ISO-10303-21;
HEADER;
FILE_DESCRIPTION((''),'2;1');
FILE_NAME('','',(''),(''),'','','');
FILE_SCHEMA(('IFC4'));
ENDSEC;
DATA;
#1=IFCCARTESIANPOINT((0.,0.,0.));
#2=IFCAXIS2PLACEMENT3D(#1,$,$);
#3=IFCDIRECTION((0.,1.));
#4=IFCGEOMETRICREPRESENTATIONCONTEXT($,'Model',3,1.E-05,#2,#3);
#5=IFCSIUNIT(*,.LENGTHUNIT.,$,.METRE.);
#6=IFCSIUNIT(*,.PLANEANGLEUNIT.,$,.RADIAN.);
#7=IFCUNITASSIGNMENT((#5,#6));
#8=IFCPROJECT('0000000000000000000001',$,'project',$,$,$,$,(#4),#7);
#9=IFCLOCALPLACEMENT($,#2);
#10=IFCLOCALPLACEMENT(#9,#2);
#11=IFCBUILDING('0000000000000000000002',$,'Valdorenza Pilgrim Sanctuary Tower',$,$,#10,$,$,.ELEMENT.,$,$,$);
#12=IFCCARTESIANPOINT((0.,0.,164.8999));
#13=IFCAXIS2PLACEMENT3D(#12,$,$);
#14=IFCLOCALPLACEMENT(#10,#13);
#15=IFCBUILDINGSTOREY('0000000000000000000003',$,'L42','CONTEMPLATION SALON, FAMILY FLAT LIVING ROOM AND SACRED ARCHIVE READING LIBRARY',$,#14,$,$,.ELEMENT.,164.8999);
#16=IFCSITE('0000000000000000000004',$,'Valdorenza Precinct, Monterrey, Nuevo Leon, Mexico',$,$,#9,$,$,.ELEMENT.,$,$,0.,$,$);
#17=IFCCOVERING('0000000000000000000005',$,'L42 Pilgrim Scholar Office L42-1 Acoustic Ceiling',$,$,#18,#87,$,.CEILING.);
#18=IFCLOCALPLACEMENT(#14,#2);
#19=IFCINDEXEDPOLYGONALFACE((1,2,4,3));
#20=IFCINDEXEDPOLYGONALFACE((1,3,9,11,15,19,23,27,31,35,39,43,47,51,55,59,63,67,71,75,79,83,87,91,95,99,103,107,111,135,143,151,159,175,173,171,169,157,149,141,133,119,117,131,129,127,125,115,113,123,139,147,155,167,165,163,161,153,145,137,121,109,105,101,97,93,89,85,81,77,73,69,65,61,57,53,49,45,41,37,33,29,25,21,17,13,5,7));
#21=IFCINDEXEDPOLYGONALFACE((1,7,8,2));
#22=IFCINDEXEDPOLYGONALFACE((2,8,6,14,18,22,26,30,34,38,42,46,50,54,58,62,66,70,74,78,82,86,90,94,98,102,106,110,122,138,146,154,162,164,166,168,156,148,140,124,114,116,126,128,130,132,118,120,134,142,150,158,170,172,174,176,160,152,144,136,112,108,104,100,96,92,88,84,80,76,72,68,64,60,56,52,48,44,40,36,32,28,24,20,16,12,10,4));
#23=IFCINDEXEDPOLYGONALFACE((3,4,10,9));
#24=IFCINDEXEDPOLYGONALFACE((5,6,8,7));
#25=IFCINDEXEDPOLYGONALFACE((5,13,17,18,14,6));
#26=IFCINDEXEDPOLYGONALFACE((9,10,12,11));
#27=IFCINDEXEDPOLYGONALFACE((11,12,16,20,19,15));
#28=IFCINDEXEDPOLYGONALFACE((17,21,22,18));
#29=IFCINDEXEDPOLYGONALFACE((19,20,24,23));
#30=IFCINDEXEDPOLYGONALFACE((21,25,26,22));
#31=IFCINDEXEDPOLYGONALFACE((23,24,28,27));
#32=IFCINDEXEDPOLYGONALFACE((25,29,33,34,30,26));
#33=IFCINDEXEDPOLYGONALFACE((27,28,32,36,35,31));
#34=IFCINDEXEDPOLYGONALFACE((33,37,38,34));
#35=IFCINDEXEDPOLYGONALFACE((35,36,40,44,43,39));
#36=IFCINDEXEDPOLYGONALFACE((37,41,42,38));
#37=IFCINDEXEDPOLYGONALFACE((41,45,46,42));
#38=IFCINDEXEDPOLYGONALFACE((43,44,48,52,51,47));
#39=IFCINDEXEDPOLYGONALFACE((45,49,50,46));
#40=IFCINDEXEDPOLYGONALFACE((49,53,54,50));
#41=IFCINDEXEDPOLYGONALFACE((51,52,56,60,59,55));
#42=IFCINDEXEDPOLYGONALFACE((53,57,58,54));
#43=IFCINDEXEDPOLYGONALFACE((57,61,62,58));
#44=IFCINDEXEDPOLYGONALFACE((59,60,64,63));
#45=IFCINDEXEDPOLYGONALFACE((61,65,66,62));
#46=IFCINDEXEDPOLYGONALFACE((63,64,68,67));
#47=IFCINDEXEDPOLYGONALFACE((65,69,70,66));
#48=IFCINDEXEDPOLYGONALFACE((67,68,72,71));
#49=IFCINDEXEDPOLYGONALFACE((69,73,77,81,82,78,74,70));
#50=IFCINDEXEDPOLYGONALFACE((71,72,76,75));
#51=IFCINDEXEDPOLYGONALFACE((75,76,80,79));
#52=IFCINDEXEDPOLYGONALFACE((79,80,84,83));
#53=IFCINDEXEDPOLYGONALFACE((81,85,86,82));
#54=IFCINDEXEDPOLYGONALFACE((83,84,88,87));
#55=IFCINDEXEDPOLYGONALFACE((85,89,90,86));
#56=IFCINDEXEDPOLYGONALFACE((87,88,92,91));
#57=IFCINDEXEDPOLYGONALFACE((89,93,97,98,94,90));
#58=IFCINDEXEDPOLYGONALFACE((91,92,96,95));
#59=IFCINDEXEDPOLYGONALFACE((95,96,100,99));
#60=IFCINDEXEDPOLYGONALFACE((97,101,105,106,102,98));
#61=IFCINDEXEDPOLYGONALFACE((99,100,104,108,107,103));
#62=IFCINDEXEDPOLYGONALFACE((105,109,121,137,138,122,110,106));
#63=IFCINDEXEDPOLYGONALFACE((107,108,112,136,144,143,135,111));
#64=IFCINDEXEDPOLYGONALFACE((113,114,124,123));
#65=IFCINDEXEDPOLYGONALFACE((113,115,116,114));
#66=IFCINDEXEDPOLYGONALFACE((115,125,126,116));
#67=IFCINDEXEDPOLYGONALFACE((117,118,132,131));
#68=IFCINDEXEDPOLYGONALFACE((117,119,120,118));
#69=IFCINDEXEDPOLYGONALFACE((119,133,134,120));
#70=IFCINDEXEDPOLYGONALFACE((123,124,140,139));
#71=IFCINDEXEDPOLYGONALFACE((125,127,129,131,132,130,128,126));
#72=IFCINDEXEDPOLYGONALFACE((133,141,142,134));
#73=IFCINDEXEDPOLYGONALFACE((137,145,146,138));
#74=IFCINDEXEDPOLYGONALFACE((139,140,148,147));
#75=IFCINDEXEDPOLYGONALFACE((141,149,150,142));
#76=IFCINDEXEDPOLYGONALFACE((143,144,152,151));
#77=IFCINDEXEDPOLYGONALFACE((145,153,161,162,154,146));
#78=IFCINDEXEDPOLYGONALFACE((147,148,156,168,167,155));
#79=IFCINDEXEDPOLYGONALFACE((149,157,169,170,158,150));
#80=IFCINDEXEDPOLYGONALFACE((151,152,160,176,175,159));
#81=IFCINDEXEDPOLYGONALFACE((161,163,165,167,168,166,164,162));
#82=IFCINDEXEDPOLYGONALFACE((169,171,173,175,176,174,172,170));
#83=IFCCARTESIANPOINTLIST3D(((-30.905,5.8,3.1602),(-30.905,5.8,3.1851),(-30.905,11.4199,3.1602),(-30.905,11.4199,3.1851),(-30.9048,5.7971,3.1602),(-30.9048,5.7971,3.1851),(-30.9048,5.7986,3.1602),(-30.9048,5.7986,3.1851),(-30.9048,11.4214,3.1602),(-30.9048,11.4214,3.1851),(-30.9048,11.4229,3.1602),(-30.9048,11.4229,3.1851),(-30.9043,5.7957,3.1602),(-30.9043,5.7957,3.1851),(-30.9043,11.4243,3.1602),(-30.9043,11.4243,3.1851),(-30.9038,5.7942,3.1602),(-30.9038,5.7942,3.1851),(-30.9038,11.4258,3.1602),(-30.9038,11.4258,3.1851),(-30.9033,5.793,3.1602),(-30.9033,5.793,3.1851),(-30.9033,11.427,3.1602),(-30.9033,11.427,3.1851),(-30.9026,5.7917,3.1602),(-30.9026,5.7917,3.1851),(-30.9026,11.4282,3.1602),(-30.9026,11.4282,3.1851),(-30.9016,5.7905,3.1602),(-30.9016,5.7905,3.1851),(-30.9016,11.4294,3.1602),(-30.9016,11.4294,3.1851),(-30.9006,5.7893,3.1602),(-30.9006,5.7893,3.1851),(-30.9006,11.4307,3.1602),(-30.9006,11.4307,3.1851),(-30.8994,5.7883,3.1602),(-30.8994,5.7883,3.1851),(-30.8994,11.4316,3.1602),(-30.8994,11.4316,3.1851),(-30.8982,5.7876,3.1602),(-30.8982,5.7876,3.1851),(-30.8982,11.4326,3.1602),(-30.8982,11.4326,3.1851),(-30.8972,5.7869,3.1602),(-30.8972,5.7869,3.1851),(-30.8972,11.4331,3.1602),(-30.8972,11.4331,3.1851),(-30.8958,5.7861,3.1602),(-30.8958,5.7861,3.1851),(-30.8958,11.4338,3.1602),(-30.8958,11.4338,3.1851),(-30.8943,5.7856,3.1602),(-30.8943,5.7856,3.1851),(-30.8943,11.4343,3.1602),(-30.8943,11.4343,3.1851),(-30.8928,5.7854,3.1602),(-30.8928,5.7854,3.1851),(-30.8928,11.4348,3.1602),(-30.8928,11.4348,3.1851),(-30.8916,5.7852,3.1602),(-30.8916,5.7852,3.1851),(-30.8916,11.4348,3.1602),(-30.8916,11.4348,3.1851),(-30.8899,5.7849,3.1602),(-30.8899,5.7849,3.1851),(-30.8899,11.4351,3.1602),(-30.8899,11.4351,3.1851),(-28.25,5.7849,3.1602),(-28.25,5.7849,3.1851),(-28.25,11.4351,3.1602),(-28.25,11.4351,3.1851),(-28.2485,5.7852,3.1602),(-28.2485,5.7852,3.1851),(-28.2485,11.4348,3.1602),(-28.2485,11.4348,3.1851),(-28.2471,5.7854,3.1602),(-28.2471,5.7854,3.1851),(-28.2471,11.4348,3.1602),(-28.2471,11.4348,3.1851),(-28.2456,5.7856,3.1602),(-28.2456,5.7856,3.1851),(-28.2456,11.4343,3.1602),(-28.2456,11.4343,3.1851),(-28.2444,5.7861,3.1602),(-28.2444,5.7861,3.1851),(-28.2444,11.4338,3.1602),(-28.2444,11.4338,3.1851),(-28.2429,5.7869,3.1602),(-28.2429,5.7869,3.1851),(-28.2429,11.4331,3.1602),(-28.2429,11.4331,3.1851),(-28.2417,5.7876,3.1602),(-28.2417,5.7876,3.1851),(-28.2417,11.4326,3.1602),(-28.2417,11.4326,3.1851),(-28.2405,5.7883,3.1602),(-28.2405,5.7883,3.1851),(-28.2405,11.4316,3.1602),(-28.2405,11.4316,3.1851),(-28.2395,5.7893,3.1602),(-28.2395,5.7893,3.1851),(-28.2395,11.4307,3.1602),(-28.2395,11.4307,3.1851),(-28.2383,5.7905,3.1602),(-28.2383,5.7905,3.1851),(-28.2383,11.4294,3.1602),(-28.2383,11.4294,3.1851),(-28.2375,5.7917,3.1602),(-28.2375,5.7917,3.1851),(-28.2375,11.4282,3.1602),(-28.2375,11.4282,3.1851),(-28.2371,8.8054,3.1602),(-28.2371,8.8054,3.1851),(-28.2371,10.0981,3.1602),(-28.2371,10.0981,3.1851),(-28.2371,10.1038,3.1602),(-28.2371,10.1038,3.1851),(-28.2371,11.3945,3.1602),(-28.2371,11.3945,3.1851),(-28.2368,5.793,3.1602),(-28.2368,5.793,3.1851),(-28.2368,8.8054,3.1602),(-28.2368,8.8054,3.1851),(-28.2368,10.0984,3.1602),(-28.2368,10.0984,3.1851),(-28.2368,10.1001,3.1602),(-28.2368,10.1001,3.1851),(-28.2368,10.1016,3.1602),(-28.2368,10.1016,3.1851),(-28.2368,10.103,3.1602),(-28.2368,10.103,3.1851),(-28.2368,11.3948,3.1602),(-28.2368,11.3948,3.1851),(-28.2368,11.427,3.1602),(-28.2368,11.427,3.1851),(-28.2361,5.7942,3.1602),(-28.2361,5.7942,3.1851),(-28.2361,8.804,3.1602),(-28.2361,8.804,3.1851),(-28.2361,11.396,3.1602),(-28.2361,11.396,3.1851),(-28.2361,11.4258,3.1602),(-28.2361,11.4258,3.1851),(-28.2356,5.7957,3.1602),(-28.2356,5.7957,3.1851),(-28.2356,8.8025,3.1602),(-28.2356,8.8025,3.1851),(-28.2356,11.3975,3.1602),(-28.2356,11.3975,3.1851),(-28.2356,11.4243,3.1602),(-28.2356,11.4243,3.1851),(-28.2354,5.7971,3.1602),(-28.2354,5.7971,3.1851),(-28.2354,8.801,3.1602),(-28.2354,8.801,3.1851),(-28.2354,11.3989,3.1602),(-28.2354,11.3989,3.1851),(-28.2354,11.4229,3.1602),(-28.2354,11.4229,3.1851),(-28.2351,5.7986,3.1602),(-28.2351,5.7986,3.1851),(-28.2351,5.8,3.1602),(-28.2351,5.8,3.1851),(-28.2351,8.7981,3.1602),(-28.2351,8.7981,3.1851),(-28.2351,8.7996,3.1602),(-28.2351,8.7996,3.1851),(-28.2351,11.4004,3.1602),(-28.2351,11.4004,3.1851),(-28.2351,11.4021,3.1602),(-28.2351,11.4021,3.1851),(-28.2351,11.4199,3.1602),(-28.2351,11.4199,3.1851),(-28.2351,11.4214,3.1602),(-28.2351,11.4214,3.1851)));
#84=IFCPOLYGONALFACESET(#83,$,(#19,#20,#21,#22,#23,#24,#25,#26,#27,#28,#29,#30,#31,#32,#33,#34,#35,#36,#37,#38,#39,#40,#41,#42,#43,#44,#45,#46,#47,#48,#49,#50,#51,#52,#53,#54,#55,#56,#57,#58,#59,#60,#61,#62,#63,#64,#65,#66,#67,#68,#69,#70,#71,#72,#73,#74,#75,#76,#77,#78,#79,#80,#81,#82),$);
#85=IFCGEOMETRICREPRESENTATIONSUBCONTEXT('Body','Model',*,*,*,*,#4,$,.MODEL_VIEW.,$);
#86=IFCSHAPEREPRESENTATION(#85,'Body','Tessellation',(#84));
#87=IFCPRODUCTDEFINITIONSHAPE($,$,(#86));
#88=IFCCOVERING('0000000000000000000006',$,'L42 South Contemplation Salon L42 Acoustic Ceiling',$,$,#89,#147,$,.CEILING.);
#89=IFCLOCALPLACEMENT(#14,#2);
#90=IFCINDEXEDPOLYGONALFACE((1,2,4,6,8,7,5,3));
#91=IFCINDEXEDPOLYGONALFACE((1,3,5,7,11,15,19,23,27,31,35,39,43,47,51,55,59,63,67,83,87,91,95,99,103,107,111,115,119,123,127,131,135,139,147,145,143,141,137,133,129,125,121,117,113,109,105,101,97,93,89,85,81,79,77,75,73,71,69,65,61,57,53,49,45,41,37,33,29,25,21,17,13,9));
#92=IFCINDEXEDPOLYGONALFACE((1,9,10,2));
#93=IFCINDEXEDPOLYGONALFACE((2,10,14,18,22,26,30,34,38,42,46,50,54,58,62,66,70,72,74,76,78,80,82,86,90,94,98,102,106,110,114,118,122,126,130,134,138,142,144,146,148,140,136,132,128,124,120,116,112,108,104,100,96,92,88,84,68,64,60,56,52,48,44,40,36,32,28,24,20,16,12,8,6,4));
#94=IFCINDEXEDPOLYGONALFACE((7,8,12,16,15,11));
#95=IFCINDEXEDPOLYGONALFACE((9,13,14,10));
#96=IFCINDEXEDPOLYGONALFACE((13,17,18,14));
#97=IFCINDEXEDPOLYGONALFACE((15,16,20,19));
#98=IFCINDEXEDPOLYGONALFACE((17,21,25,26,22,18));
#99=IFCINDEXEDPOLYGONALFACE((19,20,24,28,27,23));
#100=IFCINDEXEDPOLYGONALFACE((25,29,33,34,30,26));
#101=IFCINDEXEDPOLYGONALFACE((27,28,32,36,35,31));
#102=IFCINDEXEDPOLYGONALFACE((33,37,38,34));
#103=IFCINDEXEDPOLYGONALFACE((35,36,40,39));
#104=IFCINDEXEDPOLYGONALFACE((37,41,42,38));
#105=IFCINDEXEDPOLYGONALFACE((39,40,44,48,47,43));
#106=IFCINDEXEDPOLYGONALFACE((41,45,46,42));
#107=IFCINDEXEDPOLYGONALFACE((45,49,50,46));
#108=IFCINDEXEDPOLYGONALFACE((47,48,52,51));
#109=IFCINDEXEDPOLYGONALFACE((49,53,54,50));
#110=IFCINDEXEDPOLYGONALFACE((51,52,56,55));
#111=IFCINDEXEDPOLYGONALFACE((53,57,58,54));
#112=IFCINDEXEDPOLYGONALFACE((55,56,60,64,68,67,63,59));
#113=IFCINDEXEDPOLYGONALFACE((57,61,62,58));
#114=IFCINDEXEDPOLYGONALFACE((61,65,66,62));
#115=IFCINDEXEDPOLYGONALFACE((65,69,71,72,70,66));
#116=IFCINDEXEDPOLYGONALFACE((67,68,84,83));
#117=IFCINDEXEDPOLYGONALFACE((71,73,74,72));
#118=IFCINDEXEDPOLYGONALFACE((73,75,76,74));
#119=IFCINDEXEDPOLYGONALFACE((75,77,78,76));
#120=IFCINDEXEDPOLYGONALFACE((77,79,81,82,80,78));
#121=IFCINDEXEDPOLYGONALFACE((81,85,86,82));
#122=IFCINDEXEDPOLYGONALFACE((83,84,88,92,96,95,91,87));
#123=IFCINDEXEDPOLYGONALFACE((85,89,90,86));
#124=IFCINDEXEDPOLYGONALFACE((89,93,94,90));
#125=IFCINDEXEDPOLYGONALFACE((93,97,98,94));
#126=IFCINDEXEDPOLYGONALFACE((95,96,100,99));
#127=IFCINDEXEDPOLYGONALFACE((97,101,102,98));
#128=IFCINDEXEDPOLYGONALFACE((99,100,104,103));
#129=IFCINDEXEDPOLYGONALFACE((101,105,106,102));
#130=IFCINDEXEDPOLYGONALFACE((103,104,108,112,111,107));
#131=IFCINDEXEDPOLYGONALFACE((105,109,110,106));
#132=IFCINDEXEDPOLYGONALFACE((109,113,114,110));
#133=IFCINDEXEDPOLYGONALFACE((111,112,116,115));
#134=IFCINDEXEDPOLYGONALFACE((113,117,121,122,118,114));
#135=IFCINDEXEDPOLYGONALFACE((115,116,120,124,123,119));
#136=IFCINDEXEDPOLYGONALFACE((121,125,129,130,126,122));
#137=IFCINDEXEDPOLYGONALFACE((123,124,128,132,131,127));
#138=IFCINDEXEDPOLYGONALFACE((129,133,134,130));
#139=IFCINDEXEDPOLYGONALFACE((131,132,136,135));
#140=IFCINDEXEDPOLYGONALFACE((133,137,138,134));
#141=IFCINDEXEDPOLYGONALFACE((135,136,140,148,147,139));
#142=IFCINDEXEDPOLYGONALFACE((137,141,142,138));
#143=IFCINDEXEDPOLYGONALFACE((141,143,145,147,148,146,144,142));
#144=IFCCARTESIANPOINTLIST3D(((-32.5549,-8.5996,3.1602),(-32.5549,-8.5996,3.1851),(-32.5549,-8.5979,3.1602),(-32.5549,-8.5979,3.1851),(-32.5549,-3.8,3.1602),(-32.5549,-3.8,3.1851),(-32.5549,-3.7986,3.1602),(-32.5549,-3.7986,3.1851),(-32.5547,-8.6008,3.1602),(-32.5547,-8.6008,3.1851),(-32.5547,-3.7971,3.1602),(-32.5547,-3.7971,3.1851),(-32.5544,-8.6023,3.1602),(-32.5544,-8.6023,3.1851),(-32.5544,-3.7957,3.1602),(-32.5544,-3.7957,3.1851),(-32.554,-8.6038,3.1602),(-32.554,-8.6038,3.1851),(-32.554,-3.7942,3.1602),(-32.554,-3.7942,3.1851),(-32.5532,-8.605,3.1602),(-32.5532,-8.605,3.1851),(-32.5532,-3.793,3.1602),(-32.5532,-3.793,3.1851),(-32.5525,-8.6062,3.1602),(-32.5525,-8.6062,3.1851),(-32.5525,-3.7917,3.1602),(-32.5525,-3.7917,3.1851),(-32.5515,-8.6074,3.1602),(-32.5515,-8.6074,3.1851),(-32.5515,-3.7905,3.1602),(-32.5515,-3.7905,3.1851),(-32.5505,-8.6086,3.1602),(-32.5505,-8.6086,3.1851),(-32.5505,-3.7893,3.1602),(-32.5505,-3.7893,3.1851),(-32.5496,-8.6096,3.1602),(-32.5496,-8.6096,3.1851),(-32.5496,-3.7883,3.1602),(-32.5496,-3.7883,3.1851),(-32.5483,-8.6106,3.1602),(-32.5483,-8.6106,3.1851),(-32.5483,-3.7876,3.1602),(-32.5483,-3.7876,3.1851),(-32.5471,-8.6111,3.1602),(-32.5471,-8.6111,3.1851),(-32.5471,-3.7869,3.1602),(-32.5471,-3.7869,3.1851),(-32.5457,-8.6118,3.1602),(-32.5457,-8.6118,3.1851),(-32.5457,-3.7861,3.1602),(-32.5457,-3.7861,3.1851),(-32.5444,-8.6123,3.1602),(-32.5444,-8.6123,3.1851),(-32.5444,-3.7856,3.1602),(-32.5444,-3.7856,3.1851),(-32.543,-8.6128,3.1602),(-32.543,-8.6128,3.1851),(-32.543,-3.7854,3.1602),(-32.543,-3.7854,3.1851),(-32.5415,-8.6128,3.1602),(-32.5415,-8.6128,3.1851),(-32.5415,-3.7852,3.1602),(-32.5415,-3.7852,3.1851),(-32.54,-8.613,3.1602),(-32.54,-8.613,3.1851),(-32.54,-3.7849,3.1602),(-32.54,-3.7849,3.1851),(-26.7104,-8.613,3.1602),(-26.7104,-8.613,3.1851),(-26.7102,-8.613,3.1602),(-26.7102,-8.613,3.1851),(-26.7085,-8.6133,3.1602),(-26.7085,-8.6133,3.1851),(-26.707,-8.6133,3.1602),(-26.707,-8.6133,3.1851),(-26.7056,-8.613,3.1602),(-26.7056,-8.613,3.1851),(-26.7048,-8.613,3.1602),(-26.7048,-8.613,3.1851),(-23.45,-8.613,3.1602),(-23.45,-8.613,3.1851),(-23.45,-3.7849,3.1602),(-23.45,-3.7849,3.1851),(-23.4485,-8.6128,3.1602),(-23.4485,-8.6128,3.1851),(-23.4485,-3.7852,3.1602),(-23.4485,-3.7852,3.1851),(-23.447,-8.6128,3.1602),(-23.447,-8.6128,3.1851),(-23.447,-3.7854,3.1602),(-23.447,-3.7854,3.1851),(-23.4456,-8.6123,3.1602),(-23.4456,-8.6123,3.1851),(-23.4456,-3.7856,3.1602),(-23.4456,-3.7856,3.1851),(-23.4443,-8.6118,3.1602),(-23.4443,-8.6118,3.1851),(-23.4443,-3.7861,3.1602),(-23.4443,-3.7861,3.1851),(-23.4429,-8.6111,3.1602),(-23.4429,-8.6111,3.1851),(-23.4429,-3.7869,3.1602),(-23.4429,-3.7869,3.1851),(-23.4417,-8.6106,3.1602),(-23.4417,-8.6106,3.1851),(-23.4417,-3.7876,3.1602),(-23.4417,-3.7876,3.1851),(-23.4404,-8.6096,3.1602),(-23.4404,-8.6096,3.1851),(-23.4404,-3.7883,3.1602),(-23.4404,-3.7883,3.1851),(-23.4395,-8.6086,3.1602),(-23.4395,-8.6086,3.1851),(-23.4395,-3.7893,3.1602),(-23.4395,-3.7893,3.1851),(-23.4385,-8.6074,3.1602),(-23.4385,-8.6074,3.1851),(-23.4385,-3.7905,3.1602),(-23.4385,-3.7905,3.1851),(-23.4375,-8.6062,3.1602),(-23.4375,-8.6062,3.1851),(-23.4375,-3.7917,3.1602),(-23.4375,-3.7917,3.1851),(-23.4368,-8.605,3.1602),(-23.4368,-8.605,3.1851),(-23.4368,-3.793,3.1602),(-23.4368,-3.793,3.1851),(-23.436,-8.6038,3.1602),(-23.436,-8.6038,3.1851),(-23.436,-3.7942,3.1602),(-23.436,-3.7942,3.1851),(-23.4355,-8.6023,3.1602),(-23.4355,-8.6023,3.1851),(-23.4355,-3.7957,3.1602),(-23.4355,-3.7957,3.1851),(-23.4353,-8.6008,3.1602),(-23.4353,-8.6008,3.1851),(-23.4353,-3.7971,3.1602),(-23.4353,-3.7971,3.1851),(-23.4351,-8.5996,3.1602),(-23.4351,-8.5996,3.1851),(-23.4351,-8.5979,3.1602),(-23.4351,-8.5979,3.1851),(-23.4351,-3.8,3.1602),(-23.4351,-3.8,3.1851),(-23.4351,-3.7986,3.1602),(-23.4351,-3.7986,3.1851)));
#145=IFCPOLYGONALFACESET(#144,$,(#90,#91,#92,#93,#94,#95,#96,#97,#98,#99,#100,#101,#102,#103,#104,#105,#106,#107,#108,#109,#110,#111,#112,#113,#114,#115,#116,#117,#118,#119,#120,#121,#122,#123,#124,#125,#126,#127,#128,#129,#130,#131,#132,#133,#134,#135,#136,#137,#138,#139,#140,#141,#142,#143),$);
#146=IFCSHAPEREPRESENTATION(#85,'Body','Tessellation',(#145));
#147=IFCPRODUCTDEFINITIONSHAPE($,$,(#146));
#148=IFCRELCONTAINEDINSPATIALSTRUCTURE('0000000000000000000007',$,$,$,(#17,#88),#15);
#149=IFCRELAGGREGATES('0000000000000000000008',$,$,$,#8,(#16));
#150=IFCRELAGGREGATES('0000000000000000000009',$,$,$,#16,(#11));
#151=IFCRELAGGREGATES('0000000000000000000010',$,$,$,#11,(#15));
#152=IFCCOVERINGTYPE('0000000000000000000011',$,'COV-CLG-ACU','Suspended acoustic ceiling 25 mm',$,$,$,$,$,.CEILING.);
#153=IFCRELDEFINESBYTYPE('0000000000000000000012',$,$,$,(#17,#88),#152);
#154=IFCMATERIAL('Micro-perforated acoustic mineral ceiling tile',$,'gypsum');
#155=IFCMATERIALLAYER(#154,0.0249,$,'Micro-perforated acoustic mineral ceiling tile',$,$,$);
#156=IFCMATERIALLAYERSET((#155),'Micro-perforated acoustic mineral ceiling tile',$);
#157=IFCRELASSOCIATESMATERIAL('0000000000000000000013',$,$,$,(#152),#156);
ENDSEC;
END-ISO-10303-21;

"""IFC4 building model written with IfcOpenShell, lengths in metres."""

from ifc_helpers import new_model, si_unit, direction, frame, origin, place, context, subcontext, project, spatial, polyline, outline, extrude, material, layer, layer_set, type_object, element, save


model = new_model("IFC4")

# Units and contexts
model_context = context("Model", 3, precision=1e-05, world=origin(), true_north=direction((0.0, 1.0)))
body_context = subcontext(model_context, "Body", "Model", "MODEL_VIEW")
ifc_project = project(units=[si_unit("LENGTHUNIT", "METRE"), si_unit("PLANEANGLEUNIT", "RADIAN")], contexts=[model_context])

# Site, building, storey
site_placement = place(None, origin())
site = spatial("IfcSite", under=ifc_project, at=site_placement, Name="Valdorenza Precinct, Monterrey, Nuevo Leon, Mexico", CompositionType="ELEMENT", RefElevation=0.0)
building_placement = place(site_placement, origin())
building = spatial("IfcBuilding", under=site, at=building_placement, Name="Valdorenza Pilgrim Sanctuary Tower", CompositionType="ELEMENT")
storey_placement = place(building_placement, frame((0.0, 0.0, 164.8999)))
storey = spatial("IfcBuildingStorey", under=building, at=storey_placement, Name="L42", Description="CONTEMPLATION SALON, FAMILY FLAT LIVING ROOM AND SACRED ARCHIVE READING LIBRARY", CompositionType="ELEMENT", Elevation=164.8999)

# Coverings
ifc_material_1 = material(Name="Micro-perforated acoustic mineral ceiling tile", Category="gypsum")
ifc_layer_1 = layer(ifc_material_1, 0.0249, Name="Micro-perforated acoustic mineral ceiling tile")
ifc_layer_set_1 = layer_set([ifc_layer_1], Name="Micro-perforated acoustic mineral ceiling tile")
covering_type_1 = type_object("IfcCoveringType", Name="COV-CLG-ACU", Description="Suspended acoustic ceiling 25 mm", PredefinedType="CEILING", material=ifc_layer_set_1)
covering_1_placement = place(storey_placement, frame((0.0, 0.0, 3.1602)))
element("IfcCovering", 1, at=covering_1_placement, inside=storey, type_object=covering_type_1, Name="L42 Pilgrim Scholar Office L42-1 Acoustic Ceiling", PredefinedType="CEILING", context=body_context, shape_type="SweptSolid", body=[
    extrude(outline(polyline([(-28.2371, 8.8054), (-28.2368, 8.8054), (-28.2361, 8.804), (-28.2356, 8.8025), (-28.2354, 8.801), (-28.2351, 8.7996), (-28.2351, 8.7981), (-28.2351, 5.8), (-28.2351, 5.7986), (-28.2354, 5.7971), (-28.2356, 5.7957), (-28.2361, 5.7942), (-28.2368, 5.793), (-28.2375, 5.7917), (-28.2383, 5.7905), (-28.2395, 5.7893), (-28.2405, 5.7883), (-28.2417, 5.7876), (-28.2429, 5.7869), (-28.2444, 5.7861), (-28.2456, 5.7856), (-28.2471, 5.7854), (-28.2485, 5.7852), (-28.25, 5.7849), (-30.8899, 5.7849), (-30.8916, 5.7852), (-30.8928, 5.7854), (-30.8943, 5.7856), (-30.8958, 5.7861), (-30.8972, 5.7869), (-30.8982, 5.7876), (-30.8994, 5.7883), (-30.9006, 5.7893), (-30.9016, 5.7905), (-30.9026, 5.7917), (-30.9033, 5.793), (-30.9038, 5.7942), (-30.9043, 5.7957), (-30.9048, 5.7971), (-30.9048, 5.7986), (-30.905, 5.8), (-30.905, 11.4199), (-30.9048, 11.4214), (-30.9048, 11.4229), (-30.9043, 11.4243), (-30.9038, 11.4258), (-30.9033, 11.427), (-30.9026, 11.4282), (-30.9016, 11.4294), (-30.9006, 11.4307), (-30.8994, 11.4316), (-30.8982, 11.4326), (-30.8972, 11.4331), (-30.8958, 11.4338), (-30.8943, 11.4343), (-30.8928, 11.4348), (-30.8916, 11.4348), (-30.8899, 11.4351), (-28.25, 11.4351), (-28.2485, 11.4348), (-28.2471, 11.4348), (-28.2456, 11.4343), (-28.2444, 11.4338), (-28.2429, 11.4331), (-28.2417, 11.4326), (-28.2405, 11.4316), (-28.2395, 11.4307), (-28.2383, 11.4294), (-28.2375, 11.4282), (-28.2368, 11.427), (-28.2361, 11.4258), (-28.2356, 11.4243), (-28.2354, 11.4229), (-28.2351, 11.4214), (-28.2351, 11.4199), (-28.2351, 11.4021), (-28.2351, 11.4004), (-28.2354, 11.3989), (-28.2356, 11.3975), (-28.2361, 11.396), (-28.2368, 11.3948), (-28.2371, 11.3945), (-28.2371, 10.1038), (-28.2368, 10.103), (-28.2368, 10.1016), (-28.2368, 10.1001), (-28.2368, 10.0984), (-28.2371, 10.0981), (-28.2371, 8.8054)])), origin(), (0.0, 0.0, 1.0), 0.0249),
])
covering_2_placement = place(storey_placement, frame((0.0, 0.0, 3.1602)))
element("IfcCovering", 2, at=covering_2_placement, inside=storey, type_object=covering_type_1, Name="L42 South Contemplation Salon L42 Acoustic Ceiling", PredefinedType="CEILING", context=body_context, shape_type="SweptSolid", body=[
    extrude(outline(polyline([(-26.7104, -8.613), (-32.54, -8.613), (-32.5415, -8.6128), (-32.543, -8.6128), (-32.5444, -8.6123), (-32.5457, -8.6118), (-32.5471, -8.6111), (-32.5483, -8.6106), (-32.5496, -8.6096), (-32.5505, -8.6086), (-32.5515, -8.6074), (-32.5525, -8.6062), (-32.5532, -8.605), (-32.554, -8.6038), (-32.5544, -8.6023), (-32.5547, -8.6008), (-32.5549, -8.5996), (-32.5549, -8.5979), (-32.5549, -3.8), (-32.5549, -3.7986), (-32.5547, -3.7971), (-32.5544, -3.7957), (-32.554, -3.7942), (-32.5532, -3.793), (-32.5525, -3.7917), (-32.5515, -3.7905), (-32.5505, -3.7893), (-32.5496, -3.7883), (-32.5483, -3.7876), (-32.5471, -3.7869), (-32.5457, -3.7861), (-32.5444, -3.7856), (-32.543, -3.7854), (-32.5415, -3.7852), (-32.54, -3.7849), (-23.45, -3.7849), (-23.4485, -3.7852), (-23.447, -3.7854), (-23.4456, -3.7856), (-23.4443, -3.7861), (-23.4429, -3.7869), (-23.4417, -3.7876), (-23.4404, -3.7883), (-23.4395, -3.7893), (-23.4385, -3.7905), (-23.4375, -3.7917), (-23.4368, -3.793), (-23.436, -3.7942), (-23.4355, -3.7957), (-23.4353, -3.7971), (-23.4351, -3.7986), (-23.4351, -3.8), (-23.4351, -8.5979), (-23.4351, -8.5996), (-23.4353, -8.6008), (-23.4355, -8.6023), (-23.436, -8.6038), (-23.4368, -8.605), (-23.4375, -8.6062), (-23.4385, -8.6074), (-23.4395, -8.6086), (-23.4404, -8.6096), (-23.4417, -8.6106), (-23.4429, -8.6111), (-23.4443, -8.6118), (-23.4456, -8.6123), (-23.447, -8.6128), (-23.4485, -8.6128), (-23.45, -8.613), (-26.7048, -8.613), (-26.7056, -8.613), (-26.707, -8.6133), (-26.7085, -8.6133), (-26.7102, -8.613), (-26.7104, -8.613)])), origin(), (0.0, 0.0, 1.0), 0.0249),
])

save(model, "model.ifc")
